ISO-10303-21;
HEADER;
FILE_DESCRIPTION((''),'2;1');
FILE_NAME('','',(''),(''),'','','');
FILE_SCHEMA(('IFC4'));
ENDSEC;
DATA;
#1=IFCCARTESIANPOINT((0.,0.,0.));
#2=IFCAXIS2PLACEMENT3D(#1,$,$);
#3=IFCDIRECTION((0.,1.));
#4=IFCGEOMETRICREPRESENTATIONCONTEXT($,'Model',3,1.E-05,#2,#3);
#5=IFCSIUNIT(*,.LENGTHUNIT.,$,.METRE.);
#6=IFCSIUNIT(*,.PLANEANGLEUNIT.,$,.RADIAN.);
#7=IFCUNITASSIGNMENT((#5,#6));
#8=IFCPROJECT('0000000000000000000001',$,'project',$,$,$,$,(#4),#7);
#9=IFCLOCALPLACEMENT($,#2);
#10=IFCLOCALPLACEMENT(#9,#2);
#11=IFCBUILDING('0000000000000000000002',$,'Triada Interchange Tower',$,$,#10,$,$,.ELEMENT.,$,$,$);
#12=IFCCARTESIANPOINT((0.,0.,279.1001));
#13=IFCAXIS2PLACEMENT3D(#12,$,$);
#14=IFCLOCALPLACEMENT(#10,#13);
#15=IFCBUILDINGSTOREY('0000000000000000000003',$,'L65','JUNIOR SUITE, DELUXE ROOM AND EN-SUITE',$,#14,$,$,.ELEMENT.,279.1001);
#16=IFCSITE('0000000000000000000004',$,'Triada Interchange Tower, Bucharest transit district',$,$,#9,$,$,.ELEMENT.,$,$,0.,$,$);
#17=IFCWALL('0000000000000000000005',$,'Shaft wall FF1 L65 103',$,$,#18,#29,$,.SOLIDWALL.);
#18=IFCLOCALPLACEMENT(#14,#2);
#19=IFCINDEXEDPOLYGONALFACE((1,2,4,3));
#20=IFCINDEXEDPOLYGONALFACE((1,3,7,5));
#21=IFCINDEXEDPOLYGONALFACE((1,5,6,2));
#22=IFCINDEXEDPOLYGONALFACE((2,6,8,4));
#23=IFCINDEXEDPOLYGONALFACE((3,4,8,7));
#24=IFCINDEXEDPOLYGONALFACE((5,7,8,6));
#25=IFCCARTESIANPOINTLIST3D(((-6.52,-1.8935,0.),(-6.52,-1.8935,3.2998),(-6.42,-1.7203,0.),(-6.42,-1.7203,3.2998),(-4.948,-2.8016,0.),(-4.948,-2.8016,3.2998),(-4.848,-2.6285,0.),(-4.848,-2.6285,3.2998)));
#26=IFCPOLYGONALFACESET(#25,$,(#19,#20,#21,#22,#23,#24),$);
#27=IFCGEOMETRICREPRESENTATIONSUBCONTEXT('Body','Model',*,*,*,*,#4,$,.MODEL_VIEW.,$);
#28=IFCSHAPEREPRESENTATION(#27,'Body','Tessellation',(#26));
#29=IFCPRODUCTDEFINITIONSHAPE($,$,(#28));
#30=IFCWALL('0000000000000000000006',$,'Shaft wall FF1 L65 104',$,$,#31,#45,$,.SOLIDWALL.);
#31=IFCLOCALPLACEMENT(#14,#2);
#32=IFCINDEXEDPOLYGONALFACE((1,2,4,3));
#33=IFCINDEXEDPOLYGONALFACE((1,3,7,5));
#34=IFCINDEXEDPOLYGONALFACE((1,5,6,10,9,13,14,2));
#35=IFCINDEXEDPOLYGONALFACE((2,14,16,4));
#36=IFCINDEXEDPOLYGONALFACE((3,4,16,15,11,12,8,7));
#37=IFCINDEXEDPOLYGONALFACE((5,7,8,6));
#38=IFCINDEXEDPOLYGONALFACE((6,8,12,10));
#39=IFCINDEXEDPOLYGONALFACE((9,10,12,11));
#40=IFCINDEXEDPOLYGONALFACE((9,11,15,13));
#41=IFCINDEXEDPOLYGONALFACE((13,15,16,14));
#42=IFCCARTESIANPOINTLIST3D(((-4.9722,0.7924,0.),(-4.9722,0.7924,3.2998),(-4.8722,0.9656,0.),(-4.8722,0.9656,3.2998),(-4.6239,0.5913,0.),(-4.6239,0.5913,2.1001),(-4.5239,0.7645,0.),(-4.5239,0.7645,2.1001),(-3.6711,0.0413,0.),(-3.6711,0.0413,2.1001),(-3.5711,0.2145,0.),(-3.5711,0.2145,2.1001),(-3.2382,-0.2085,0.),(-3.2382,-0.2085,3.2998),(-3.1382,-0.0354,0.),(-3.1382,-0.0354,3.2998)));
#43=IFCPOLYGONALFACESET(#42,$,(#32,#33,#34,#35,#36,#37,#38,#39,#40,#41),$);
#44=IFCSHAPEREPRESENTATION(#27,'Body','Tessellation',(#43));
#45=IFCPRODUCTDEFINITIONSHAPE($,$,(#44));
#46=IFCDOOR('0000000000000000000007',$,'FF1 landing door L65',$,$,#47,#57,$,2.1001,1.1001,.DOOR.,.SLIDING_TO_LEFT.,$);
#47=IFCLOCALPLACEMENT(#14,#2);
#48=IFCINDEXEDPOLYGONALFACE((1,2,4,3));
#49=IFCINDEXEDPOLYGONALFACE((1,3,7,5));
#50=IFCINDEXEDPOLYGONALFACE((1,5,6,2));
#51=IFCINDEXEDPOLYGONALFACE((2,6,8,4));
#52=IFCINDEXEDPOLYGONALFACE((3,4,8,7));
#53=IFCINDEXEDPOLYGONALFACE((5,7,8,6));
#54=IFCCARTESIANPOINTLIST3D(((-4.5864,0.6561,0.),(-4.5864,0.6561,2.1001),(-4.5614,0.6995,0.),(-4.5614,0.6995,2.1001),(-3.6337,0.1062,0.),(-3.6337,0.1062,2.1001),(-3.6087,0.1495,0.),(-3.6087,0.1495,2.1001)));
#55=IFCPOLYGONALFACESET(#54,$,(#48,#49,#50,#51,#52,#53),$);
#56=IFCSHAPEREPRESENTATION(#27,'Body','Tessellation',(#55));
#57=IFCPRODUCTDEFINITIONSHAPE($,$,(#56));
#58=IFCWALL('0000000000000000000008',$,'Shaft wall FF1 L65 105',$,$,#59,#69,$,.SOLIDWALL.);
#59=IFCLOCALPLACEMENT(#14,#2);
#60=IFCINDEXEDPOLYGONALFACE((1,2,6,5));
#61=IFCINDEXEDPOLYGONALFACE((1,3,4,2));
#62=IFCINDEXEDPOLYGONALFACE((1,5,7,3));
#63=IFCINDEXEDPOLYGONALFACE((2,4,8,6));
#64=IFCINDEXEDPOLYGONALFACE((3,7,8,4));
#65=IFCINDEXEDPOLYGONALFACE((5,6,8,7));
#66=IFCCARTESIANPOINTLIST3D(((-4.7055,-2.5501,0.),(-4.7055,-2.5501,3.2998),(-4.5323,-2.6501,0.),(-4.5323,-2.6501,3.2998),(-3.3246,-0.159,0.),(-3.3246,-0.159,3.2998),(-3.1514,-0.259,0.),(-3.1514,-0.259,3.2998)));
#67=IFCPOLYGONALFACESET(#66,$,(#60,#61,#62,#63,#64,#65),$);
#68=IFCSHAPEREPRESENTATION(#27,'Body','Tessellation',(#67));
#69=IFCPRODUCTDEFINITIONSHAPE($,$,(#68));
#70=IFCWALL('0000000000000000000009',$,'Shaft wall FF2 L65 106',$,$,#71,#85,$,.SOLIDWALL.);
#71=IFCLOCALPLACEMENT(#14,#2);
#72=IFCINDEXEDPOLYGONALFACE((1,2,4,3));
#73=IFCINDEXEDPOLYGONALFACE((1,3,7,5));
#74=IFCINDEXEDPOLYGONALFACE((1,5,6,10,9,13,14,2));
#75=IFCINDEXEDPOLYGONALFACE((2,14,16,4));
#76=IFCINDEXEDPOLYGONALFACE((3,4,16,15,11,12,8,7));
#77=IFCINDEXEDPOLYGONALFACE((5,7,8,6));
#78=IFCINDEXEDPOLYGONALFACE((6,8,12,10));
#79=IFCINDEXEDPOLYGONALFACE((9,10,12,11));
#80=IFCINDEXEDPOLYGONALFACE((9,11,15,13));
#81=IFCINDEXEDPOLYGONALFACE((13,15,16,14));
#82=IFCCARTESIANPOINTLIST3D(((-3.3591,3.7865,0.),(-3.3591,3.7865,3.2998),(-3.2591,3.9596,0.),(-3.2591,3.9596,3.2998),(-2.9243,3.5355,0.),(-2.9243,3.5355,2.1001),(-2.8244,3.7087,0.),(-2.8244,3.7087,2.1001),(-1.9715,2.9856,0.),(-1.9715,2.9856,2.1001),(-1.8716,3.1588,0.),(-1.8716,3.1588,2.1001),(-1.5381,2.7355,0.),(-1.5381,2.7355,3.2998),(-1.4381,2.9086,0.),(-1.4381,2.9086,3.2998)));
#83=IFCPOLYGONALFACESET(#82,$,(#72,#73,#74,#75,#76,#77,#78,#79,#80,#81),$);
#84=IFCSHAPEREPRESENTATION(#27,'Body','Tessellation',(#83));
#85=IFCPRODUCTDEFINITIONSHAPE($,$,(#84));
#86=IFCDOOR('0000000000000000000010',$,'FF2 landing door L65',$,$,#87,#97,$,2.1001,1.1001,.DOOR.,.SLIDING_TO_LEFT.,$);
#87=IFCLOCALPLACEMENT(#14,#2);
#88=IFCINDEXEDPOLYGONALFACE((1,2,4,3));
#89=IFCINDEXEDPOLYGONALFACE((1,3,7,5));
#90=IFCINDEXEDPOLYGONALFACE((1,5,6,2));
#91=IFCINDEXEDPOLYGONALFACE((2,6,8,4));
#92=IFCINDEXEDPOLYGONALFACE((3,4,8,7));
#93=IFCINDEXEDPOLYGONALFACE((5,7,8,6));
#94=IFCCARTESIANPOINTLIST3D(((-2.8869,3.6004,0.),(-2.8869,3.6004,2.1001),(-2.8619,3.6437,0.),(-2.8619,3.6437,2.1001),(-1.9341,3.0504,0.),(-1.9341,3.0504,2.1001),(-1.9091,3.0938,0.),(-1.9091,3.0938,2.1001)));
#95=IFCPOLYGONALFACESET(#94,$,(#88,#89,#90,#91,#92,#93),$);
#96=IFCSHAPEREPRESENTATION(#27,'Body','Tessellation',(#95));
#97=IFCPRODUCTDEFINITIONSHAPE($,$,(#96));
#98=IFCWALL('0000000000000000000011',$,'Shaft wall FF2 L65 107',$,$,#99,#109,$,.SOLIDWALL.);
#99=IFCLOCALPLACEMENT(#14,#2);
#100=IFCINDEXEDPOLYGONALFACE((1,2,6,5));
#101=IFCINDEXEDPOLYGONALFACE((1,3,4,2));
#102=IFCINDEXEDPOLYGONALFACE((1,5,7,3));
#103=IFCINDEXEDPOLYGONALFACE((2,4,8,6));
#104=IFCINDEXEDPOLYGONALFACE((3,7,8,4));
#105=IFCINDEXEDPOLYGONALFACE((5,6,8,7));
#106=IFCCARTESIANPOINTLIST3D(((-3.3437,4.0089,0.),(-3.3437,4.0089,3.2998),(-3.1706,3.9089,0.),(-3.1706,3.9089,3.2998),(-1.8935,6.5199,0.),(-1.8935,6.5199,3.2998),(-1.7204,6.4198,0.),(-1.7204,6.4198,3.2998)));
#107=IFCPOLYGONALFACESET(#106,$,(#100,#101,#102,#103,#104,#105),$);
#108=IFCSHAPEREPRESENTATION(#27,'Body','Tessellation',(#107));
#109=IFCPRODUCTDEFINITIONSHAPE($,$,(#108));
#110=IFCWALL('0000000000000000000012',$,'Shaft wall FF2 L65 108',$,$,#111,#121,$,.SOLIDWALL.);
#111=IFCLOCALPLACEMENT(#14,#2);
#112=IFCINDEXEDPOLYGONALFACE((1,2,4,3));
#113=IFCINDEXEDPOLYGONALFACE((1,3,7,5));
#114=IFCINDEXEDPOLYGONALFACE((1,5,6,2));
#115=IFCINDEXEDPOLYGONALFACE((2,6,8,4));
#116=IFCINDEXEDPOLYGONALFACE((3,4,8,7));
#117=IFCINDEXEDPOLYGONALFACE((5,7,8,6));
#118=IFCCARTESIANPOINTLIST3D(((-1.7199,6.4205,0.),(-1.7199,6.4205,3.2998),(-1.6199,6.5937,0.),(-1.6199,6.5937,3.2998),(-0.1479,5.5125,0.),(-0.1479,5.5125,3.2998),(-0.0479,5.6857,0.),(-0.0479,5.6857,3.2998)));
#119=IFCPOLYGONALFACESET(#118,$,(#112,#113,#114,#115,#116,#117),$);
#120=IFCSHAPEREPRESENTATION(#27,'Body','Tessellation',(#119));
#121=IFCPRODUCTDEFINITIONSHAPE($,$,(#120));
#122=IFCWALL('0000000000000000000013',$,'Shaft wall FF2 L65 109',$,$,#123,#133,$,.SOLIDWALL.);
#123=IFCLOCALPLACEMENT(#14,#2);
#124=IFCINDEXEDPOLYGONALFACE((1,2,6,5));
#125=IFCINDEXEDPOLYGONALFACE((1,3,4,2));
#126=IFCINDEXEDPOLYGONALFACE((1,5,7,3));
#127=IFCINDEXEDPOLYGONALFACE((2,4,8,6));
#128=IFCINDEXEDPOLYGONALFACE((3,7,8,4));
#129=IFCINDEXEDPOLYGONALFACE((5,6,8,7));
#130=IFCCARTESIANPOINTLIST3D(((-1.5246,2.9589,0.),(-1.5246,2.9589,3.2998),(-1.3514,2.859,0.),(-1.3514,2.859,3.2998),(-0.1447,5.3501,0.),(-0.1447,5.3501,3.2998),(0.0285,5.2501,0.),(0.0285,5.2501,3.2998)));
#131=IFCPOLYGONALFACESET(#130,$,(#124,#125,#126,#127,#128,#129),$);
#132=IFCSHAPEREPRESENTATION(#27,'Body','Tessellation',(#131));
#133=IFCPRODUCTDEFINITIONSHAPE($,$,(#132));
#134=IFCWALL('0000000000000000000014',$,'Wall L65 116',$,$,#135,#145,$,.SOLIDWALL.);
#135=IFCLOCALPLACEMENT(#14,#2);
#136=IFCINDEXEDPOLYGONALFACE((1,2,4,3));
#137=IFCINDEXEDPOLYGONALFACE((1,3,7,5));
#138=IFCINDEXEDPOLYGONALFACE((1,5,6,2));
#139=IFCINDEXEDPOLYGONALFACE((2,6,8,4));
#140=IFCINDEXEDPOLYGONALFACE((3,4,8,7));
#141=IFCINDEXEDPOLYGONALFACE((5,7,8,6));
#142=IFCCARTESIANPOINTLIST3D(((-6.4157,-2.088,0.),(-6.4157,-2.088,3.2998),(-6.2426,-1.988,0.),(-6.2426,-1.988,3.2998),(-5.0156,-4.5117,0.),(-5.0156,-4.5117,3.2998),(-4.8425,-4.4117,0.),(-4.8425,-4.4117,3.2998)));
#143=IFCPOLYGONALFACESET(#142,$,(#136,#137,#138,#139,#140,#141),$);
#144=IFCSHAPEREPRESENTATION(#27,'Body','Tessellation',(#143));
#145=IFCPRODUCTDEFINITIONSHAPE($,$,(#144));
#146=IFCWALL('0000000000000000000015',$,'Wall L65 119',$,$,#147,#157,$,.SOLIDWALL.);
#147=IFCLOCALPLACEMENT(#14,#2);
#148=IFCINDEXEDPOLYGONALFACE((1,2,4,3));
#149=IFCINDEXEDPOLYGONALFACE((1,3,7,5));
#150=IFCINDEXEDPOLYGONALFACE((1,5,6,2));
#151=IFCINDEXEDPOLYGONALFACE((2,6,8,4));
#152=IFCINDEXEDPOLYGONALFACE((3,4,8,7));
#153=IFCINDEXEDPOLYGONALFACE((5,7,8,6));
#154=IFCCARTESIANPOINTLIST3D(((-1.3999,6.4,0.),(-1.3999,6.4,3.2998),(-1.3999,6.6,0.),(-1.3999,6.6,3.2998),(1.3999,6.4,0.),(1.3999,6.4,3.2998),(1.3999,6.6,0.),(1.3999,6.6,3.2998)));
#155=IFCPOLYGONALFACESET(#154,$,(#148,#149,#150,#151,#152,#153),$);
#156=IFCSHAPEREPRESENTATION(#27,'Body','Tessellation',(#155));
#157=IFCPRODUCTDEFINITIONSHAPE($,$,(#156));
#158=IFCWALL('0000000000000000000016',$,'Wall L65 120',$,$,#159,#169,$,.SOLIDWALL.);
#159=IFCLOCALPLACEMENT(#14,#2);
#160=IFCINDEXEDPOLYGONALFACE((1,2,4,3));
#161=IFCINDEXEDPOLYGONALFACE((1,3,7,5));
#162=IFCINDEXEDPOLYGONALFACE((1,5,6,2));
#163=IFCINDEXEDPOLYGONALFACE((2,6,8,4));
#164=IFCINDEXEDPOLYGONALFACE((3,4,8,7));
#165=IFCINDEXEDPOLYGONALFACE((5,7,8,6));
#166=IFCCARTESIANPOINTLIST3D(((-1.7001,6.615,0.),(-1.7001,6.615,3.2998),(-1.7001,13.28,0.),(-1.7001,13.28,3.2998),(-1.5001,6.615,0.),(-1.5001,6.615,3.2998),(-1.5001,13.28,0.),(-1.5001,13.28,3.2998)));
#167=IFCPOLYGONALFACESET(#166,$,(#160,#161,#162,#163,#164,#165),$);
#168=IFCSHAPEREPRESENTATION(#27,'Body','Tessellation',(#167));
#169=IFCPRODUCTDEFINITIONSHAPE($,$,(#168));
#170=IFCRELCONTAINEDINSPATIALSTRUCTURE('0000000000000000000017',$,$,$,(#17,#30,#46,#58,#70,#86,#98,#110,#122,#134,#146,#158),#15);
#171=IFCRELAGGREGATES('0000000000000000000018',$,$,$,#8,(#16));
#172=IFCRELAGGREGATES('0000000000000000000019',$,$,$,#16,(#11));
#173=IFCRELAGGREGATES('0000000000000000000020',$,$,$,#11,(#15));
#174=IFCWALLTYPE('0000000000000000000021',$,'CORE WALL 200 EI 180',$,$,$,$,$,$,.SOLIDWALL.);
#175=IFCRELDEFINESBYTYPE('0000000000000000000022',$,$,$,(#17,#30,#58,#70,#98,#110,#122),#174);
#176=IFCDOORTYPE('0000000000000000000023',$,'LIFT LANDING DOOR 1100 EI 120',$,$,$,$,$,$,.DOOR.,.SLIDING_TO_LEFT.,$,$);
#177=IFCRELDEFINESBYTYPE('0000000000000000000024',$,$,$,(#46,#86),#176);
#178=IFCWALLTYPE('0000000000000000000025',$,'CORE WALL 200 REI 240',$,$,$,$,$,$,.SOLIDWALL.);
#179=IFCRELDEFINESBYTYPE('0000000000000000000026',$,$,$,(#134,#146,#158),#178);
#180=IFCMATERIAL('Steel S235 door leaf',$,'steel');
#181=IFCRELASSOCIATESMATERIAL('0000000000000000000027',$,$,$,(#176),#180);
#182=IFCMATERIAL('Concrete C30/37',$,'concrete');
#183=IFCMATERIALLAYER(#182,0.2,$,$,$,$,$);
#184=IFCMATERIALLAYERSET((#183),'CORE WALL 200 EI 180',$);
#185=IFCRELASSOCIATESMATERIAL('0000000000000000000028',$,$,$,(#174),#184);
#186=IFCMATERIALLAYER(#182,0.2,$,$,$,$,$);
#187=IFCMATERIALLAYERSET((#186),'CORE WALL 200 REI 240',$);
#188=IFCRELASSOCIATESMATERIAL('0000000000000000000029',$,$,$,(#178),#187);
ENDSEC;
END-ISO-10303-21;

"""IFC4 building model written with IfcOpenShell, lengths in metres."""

from ifc_helpers import new_model, si_unit, direction, frame, frame_2d, origin, place, context, subcontext, project, spatial, rectangle, extrude, material, layer, layer_set, type_object, element, fill, save


model = new_model("IFC4")

# Units and contexts
model_context = context("Model", 3, precision=1e-05, world=origin(), true_north=direction((0.0, 1.0)))
body_context = subcontext(model_context, "Body", "Model", "MODEL_VIEW")
ifc_project = project(units=[si_unit("LENGTHUNIT", "METRE"), si_unit("PLANEANGLEUNIT", "RADIAN")], contexts=[model_context])

# Site, building, storey
site_placement = place(None, origin())
site = spatial("IfcSite", under=ifc_project, at=site_placement, Name="Triada Interchange Tower, Bucharest transit district", CompositionType="ELEMENT", RefElevation=0.0)
building_placement = place(site_placement, origin())
building = spatial("IfcBuilding", under=site, at=building_placement, Name="Triada Interchange Tower", CompositionType="ELEMENT")
storey_placement = place(building_placement, frame((0.0, 0.0, 279.1001)))
storey = spatial("IfcBuildingStorey", under=building, at=storey_placement, Name="L65", Description="JUNIOR SUITE, DELUXE ROOM AND EN-SUITE", CompositionType="ELEMENT", Elevation=279.1001)

# Shared definitions
ifc_material_1 = material(Name="Concrete C30/37", Category="concrete")
ifc_material_2 = material(Name="Steel S235 door leaf", Category="steel")
door_type_1 = type_object("IfcDoorType", Name="LIFT LANDING DOOR 1100 EI 120", OperationType="SLIDING_TO_LEFT", PredefinedType="DOOR", material=ifc_material_2)

# Shared definitions
ifc_layer_1 = layer(ifc_material_1, 0.2)
ifc_layer_set_1 = layer_set([ifc_layer_1], Name="CORE WALL 200 EI 180")
wall_type_1 = type_object("IfcWallType", Name="CORE WALL 200 EI 180", PredefinedType="SOLIDWALL", material=ifc_layer_set_1)

# Wall
wall_1_placement = place(storey_placement, frame((-6.47, -1.8069, 0.0), z_axis=(0.0, 0.0, 1.0), x_axis=(0.865883, -0.500246, 0.0)))
element("IfcWall", 1, at=wall_1_placement, inside=storey, type_object=wall_type_1, Name="Shaft wall FF1 L65 103", PredefinedType="SOLIDWALL", context=body_context, shape_type="SweptSolid", body=[
    extrude(rectangle(XDim=1.8154, YDim=0.2, at=frame_2d((0.9077, 0.0))), origin(), (0.0, 0.0, 1.0), 3.2998),
])

# Wall, opening, door
wall_2_placement = place(storey_placement, frame((-4.9221, 0.8789, 0.0), z_axis=(0.0, 0.0, 1.0), x_axis=(0.866074, -0.499916, 0.0)))
wall_2 = element("IfcWall", 2, at=wall_2_placement, inside=storey, type_object=wall_type_1, Name="Shaft wall FF1 L65 104", PredefinedType="SOLIDWALL", context=body_context, shape_type="SweptSolid", body=[
    extrude(rectangle(XDim=2.0022, YDim=0.2, at=frame_2d((1.001, 0.0))), origin(), (0.0, 0.0, 1.0), 3.2998),
])
opening_1_placement = place(wall_2_placement, frame((0.4021, 0.0, 0.0)))
opening_1 = element("IfcOpeningElement", 3, at=opening_1_placement, cuts=wall_2, PredefinedType="OPENING", context=body_context, shape_type="SweptSolid", body=[
    extrude(rectangle(XDim=1.1001, YDim=2.1001, at=frame_2d((0.55, 1.05))), frame((0.0, 0.1099, 0.0), z_axis=(0.0, -1.0, 0.0), x_axis=(1.0, 0.0, 0.0)), (0.0, 0.0, 1.0), 0.22),
])
door_1_placement = place(opening_1_placement, origin())
door_1 = element("IfcDoor", 4, at=door_1_placement, inside=storey, type_object=door_type_1, Name="FF1 landing door L65", OperationType="SLIDING_TO_LEFT", OverallHeight=2.1001, OverallWidth=1.1001, PredefinedType="DOOR", context=body_context, shape_type="SweptSolid", body=[
    extrude(rectangle(XDim=1.1001, YDim=2.1001, at=frame_2d((0.55, 1.05))), frame((0.0, 0.0249, 0.0), z_axis=(0.0, -1.0, 0.0), x_axis=(1.0, 0.0, 0.0)), (0.0, 0.0, 1.0), 0.05),
])
fill(opening_1, door_1)

# Wall
wall_3_placement = place(storey_placement, frame((-4.6189, -2.6001, 0.0), z_axis=(0.0, 0.0, 1.0), x_axis=(0.500095, 0.865971, 0.0)))
element("IfcWall", 5, at=wall_3_placement, inside=storey, type_object=wall_type_1, Name="Shaft wall FF1 L65 105", PredefinedType="SOLIDWALL", context=body_context, shape_type="SweptSolid", body=[
    extrude(rectangle(XDim=2.7612, YDim=0.2, at=frame_2d((1.3806, 0.0))), origin(), (0.0, 0.0, 1.0), 3.2998),
])

# Wall, opening, door
wall_4_placement = place(storey_placement, frame((-3.3091, 3.873, 0.0), z_axis=(0.0, 0.0, 1.0), x_axis=(0.866099, -0.499873, 0.0)))
wall_4 = element("IfcWall", 6, at=wall_4_placement, inside=storey, type_object=wall_type_1, Name="Shaft wall FF2 L65 106", PredefinedType="SOLIDWALL", context=body_context, shape_type="SweptSolid", body=[
    extrude(rectangle(XDim=2.1025, YDim=0.2, at=frame_2d((1.0513, 0.0))), origin(), (0.0, 0.0, 1.0), 3.2998),
])
opening_2_placement = place(wall_4_placement, frame((0.502, 0.0, 0.0)))
opening_2 = element("IfcOpeningElement", 7, at=opening_2_placement, cuts=wall_4, PredefinedType="OPENING", context=body_context, shape_type="SweptSolid", body=[
    extrude(rectangle(XDim=1.1001, YDim=2.1001, at=frame_2d((0.55, 1.05))), frame((0.0, 0.1099, 0.0), z_axis=(0.0, -1.0, 0.0), x_axis=(1.0, 0.0, 0.0)), (0.0, 0.0, 1.0), 0.22),
])
door_2_placement = place(opening_2_placement, origin())
door_2 = element("IfcDoor", 8, at=door_2_placement, inside=storey, type_object=door_type_1, Name="FF2 landing door L65", OperationType="SLIDING_TO_LEFT", OverallHeight=2.1001, OverallWidth=1.1001, PredefinedType="DOOR", context=body_context, shape_type="SweptSolid", body=[
    extrude(rectangle(XDim=1.1001, YDim=2.1001, at=frame_2d((0.55, 1.05))), frame((0.0, 0.0249, 0.0), z_axis=(0.0, -1.0, 0.0), x_axis=(1.0, 0.0, 0.0)), (0.0, 0.0, 1.0), 0.05),
])
fill(opening_2, door_2)

# Walls
wall_5_placement = place(storey_placement, frame((-3.2571, 3.959, 0.0), z_axis=(0.0, 0.0, 1.0), x_axis=(0.500123, 0.865954, 0.0)))
element("IfcWall", 9, at=wall_5_placement, inside=storey, type_object=wall_type_1, Name="Shaft wall FF2 L65 107", PredefinedType="SOLIDWALL", context=body_context, shape_type="SweptSolid", body=[
    extrude(rectangle(XDim=2.8997, YDim=0.2, at=frame_2d((1.4497, 0.0))), origin(), (0.0, 0.0, 1.0), 3.2998),
])
wall_6_placement = place(storey_placement, frame((-1.6699, 6.5071, 0.0), z_axis=(0.0, 0.0, 1.0), x_axis=(0.865941, -0.500145, 0.0)))
element("IfcWall", 10, at=wall_6_placement, inside=storey, type_object=wall_type_1, Name="Shaft wall FF2 L65 108", PredefinedType="SOLIDWALL", context=body_context, shape_type="SweptSolid", body=[
    extrude(rectangle(XDim=1.8154, YDim=0.2, at=frame_2d((0.9077, 0.0))), origin(), (0.0, 0.0, 1.0), 3.2998),
])
wall_7_placement = place(storey_placement, frame((-1.438, 2.9089, 0.0), z_axis=(0.0, 0.0, 1.0), x_axis=(0.49983, 0.866124, 0.0)))
element("IfcWall", 11, at=wall_7_placement, inside=storey, type_object=wall_type_1, Name="Shaft wall FF2 L65 109", PredefinedType="SOLIDWALL", context=body_context, shape_type="SweptSolid", body=[
    extrude(rectangle(XDim=2.7607, YDim=0.2, at=frame_2d((1.3804, 0.0))), origin(), (0.0, 0.0, 1.0), 3.2998),
])
ifc_layer_2 = layer(ifc_material_1, 0.2)
ifc_layer_set_2 = layer_set([ifc_layer_2], Name="CORE WALL 200 REI 240")
wall_type_2 = type_object("IfcWallType", Name="CORE WALL 200 REI 240", PredefinedType="SOLIDWALL", material=ifc_layer_set_2)
wall_8_placement = place(storey_placement, frame((-6.3291, -2.0381, 0.0), z_axis=(0.0, 0.0, 1.0), x_axis=(0.500201, -0.86591, 0.0)))
element("IfcWall", 12, at=wall_8_placement, inside=storey, type_object=wall_type_2, Name="Wall L65 116", PredefinedType="SOLIDWALL", context=body_context, shape_type="SweptSolid", body=[
    extrude(rectangle(XDim=2.7991, YDim=0.2, at=frame_2d((1.3994, 0.0))), origin(), (0.0, 0.0, 1.0), 3.2998),
])
wall_9_placement = place(storey_placement, frame((-1.3999, 6.5, 0.0), z_axis=(0.0, 0.0, 1.0), x_axis=(1.0, 0.0, 0.0)))
element("IfcWall", 13, at=wall_9_placement, inside=storey, type_object=wall_type_2, Name="Wall L65 119", PredefinedType="SOLIDWALL", context=body_context, shape_type="SweptSolid", body=[
    extrude(rectangle(XDim=2.7998, YDim=0.2, at=frame_2d((1.3999, 0.0))), origin(), (0.0, 0.0, 1.0), 3.2998),
])
wall_10_placement = place(storey_placement, frame((-1.6001, 6.615, 0.0), z_axis=(0.0, 0.0, 1.0), x_axis=(0.0, 1.0, 0.0)))
element("IfcWall", 14, at=wall_10_placement, inside=storey, type_object=wall_type_2, Name="Wall L65 120", PredefinedType="SOLIDWALL", context=body_context, shape_type="SweptSolid", body=[
    extrude(rectangle(XDim=6.665, YDim=0.2, at=frame_2d((3.3325, 0.0))), origin(), (0.0, 0.0, 1.0), 3.2998),
])

save(model, "model.ifc")
